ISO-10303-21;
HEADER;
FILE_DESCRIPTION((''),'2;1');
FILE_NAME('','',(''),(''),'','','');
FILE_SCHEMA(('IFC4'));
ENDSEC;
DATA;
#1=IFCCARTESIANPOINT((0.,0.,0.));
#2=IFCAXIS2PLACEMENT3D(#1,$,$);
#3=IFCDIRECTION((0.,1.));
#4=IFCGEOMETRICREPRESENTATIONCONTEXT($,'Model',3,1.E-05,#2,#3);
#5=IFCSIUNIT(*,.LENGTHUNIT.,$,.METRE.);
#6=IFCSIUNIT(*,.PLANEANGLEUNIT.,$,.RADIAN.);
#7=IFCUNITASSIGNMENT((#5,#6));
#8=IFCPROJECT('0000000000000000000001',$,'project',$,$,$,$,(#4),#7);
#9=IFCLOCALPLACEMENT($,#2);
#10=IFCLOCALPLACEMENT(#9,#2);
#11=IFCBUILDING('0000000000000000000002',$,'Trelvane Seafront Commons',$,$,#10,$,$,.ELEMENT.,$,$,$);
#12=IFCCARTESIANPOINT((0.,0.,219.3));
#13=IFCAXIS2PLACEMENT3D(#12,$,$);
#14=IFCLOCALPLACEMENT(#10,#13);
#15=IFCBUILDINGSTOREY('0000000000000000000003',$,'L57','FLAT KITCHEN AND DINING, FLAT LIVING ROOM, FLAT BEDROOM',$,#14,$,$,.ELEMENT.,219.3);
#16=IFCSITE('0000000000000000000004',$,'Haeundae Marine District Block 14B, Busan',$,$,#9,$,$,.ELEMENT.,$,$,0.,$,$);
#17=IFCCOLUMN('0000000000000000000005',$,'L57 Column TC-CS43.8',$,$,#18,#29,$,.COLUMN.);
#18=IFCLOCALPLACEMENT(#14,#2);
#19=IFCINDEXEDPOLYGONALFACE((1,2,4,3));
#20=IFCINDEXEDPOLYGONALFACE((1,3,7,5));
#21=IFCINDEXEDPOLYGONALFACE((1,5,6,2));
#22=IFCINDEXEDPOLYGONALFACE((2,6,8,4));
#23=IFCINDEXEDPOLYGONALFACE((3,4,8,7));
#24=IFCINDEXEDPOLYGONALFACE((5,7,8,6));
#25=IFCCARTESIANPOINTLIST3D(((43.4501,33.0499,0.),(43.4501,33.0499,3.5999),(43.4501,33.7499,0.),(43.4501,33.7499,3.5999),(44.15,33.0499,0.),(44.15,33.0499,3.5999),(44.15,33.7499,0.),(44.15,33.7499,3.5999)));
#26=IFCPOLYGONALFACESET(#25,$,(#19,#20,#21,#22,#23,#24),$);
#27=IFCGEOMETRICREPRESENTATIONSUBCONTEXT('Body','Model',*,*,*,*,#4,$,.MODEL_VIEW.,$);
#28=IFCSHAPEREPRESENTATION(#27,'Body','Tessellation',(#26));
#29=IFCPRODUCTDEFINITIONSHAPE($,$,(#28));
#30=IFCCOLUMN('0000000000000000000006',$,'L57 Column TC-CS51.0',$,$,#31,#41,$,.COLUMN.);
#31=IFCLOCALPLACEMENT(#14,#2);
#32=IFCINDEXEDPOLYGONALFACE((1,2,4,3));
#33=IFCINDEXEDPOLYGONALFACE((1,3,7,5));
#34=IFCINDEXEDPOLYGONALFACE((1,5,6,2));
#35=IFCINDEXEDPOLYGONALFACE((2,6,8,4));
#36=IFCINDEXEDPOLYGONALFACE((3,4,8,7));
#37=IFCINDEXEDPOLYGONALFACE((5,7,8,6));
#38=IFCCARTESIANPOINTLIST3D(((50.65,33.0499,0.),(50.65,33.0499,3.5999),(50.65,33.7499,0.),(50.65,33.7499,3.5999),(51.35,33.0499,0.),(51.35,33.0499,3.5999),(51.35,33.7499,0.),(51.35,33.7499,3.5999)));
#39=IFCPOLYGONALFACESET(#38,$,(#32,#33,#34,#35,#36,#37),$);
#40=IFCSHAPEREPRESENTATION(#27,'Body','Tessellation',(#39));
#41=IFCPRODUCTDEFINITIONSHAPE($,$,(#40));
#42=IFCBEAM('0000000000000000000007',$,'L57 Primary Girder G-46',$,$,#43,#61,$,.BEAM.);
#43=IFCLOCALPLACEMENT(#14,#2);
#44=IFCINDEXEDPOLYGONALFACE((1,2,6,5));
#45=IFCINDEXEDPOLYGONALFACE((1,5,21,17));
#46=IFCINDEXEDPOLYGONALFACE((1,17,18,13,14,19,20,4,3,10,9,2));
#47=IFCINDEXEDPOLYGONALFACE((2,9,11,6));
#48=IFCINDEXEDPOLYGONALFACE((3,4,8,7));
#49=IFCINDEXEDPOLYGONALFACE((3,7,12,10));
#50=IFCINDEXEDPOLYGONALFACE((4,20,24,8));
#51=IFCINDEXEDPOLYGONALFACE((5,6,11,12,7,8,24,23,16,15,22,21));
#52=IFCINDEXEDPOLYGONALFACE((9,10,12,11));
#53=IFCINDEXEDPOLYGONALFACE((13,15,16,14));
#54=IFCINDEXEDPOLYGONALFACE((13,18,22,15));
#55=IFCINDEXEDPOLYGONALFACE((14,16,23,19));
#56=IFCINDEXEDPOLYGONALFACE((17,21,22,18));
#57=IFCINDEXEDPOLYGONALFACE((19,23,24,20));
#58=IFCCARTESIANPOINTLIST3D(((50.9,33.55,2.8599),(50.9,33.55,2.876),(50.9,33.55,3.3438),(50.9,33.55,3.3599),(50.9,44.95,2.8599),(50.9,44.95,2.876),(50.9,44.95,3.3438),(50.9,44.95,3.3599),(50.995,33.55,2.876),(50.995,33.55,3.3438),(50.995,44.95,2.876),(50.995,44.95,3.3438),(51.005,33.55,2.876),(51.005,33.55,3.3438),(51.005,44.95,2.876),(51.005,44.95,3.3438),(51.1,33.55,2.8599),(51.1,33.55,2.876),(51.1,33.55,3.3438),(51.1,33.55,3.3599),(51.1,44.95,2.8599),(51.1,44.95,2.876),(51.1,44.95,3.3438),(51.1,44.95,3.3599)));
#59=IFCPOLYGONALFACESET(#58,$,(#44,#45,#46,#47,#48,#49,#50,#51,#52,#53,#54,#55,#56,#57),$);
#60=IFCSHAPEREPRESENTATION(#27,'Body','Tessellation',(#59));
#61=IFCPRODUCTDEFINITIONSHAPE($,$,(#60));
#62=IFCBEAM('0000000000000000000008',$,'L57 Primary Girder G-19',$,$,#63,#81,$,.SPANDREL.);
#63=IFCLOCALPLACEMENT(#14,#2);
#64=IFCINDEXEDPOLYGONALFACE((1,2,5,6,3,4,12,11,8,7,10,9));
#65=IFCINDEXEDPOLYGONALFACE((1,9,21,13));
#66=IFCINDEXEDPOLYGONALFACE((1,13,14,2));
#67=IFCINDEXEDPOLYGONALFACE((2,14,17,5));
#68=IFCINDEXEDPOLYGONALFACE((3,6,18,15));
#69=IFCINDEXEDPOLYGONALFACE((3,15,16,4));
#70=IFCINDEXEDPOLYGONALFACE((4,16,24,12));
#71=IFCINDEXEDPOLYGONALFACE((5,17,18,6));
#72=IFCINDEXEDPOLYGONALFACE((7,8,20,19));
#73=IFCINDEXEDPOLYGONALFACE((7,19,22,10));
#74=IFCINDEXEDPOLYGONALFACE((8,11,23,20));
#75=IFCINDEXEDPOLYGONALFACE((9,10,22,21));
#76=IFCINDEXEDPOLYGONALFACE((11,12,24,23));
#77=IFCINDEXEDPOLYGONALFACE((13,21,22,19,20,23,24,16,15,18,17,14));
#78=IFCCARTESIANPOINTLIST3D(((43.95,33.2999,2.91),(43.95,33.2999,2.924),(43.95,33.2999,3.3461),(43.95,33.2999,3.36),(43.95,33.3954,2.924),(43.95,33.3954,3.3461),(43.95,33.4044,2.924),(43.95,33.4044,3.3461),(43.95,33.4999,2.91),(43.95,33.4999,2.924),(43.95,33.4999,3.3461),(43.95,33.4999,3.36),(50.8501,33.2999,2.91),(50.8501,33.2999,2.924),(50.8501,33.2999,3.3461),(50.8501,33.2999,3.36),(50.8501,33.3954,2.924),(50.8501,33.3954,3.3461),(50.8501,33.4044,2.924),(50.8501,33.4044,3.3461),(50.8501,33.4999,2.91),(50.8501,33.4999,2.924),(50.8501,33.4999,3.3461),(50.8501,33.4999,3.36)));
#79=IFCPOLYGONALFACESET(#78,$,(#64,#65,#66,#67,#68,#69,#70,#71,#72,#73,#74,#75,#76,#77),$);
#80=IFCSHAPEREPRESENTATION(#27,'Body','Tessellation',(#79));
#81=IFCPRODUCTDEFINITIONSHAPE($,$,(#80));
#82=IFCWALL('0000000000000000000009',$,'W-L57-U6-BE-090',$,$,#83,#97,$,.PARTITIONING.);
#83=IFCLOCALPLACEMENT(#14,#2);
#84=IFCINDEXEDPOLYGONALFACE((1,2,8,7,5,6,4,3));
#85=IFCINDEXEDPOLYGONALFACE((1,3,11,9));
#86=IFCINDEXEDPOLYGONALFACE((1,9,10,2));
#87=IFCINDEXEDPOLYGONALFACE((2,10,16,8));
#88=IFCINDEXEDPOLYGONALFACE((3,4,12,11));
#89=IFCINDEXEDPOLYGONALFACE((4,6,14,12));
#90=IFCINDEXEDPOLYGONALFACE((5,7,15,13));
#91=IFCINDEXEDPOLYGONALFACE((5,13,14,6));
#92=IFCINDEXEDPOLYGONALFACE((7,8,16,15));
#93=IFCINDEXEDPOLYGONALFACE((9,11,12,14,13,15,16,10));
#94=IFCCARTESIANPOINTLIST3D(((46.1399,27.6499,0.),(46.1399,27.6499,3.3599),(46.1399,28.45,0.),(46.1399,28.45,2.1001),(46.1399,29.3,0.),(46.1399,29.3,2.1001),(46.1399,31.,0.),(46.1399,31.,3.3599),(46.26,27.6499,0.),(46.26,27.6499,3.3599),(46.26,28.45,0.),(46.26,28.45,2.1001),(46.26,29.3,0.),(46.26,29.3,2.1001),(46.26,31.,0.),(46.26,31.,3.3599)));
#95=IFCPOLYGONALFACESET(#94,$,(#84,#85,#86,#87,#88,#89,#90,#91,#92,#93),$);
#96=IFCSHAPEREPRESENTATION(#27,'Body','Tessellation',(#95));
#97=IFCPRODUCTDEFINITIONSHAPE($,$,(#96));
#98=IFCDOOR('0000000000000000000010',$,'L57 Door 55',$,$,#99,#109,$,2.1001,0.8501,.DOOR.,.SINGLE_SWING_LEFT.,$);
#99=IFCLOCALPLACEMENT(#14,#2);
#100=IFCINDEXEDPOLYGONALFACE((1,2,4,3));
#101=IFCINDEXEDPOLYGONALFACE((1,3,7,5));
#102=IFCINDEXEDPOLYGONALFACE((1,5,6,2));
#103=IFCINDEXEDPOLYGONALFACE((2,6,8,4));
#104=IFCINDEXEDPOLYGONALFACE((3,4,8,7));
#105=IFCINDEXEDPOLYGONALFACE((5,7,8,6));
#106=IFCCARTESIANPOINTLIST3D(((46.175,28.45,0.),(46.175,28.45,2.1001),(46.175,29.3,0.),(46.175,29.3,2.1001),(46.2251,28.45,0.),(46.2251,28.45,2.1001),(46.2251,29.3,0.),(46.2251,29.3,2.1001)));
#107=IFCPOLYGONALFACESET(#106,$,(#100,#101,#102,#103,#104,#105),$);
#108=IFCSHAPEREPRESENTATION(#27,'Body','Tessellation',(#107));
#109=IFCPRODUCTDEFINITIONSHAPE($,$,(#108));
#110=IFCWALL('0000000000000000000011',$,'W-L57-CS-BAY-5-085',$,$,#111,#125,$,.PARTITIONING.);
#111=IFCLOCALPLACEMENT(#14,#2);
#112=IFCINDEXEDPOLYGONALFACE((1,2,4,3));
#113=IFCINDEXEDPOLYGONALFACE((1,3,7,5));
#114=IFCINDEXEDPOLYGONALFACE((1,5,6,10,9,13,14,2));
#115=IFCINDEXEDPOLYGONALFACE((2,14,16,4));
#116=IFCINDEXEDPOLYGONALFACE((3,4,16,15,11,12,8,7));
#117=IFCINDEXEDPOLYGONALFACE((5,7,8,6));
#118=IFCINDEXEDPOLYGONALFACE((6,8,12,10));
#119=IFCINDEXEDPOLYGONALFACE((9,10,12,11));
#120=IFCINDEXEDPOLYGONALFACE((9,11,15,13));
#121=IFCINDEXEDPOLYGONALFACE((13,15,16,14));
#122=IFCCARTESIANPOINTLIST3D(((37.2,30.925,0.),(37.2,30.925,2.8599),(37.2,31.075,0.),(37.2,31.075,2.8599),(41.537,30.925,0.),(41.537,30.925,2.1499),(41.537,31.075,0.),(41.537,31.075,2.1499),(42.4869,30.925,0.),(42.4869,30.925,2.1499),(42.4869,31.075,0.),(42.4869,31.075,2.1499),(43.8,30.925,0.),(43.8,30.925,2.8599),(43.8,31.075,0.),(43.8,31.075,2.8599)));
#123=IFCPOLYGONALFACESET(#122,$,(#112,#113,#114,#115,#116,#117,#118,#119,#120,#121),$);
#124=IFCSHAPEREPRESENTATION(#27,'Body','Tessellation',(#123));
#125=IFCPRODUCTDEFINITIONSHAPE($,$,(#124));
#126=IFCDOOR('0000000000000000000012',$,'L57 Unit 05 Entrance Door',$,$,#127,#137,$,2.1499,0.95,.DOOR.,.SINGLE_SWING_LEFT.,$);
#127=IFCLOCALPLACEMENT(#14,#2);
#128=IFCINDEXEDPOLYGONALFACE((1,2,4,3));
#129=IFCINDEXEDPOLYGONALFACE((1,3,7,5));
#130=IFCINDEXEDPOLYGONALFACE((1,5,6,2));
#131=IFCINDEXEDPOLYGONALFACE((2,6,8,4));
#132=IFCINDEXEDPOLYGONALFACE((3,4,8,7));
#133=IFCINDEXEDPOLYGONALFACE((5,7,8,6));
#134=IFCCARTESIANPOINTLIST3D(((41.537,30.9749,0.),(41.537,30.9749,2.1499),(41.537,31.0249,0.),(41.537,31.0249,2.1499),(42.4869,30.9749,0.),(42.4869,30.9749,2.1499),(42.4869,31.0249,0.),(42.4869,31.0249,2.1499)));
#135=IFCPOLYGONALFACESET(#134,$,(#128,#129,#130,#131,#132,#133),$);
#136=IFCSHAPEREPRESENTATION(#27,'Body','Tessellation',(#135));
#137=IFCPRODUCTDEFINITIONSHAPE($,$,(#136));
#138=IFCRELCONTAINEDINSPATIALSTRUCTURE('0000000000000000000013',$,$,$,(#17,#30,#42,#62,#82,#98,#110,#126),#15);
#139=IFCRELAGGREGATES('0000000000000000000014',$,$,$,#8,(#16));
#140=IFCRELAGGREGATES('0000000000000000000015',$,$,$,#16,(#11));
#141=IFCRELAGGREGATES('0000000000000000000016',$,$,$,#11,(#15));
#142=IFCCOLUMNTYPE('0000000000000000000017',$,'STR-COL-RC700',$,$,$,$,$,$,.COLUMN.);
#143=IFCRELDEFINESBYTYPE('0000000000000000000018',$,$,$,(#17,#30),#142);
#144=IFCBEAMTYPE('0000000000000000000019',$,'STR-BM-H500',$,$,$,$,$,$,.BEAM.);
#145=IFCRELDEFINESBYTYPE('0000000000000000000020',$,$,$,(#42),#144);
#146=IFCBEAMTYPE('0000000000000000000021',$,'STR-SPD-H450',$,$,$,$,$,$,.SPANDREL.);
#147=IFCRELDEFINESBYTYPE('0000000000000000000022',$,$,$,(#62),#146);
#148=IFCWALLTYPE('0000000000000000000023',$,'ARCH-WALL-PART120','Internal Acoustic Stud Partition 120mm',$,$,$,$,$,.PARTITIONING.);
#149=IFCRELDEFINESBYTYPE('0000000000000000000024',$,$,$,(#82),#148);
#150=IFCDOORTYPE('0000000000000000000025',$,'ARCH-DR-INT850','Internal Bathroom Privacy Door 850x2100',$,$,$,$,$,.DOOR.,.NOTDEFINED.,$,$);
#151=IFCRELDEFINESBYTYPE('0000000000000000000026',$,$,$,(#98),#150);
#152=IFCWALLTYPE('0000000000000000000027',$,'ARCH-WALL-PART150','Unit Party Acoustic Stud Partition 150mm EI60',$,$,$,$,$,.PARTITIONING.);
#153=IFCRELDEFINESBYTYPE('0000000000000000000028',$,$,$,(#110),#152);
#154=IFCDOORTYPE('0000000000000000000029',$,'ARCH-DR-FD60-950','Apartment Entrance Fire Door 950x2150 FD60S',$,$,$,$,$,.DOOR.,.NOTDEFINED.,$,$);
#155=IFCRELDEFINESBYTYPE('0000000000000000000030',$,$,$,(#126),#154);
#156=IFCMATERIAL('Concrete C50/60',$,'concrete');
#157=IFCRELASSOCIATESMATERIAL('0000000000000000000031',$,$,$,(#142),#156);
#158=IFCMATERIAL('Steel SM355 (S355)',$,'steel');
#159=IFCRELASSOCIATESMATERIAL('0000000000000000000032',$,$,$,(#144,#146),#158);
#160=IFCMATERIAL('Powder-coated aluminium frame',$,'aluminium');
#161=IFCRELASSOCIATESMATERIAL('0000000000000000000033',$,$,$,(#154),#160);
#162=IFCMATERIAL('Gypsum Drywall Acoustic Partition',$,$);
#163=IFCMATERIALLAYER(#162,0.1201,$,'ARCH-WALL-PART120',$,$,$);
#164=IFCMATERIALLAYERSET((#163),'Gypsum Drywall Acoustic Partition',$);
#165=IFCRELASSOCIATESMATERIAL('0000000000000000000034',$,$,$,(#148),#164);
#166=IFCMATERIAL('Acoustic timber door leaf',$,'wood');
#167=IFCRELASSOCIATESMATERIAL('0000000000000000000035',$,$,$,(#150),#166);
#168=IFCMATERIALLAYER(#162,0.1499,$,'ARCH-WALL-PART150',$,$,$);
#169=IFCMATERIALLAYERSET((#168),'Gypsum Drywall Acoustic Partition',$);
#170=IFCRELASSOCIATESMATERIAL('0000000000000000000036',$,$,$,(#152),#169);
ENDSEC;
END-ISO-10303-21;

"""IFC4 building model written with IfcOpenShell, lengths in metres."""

from ifc_helpers import new_model, si_unit, direction, frame, frame_2d, origin, origin_2d, place, context, subcontext, project, spatial, rectangle, i_section, extrude, source, transform, mapped, material, layer, layer_set, material_profile, profile_set, type_object, element, fill, save


model = new_model("IFC4")

# Units and contexts
model_context = context("Model", 3, precision=1e-05, world=origin(), true_north=direction((0.0, 1.0)))
body_context = subcontext(model_context, "Body", "Model", "MODEL_VIEW")
ifc_project = project(units=[si_unit("LENGTHUNIT", "METRE"), si_unit("PLANEANGLEUNIT", "RADIAN")], contexts=[model_context])

# Site, building, storey
site_placement = place(None, origin())
site = spatial("IfcSite", under=ifc_project, at=site_placement, Name="Haeundae Marine District Block 14B, Busan", CompositionType="ELEMENT", RefElevation=0.0)
building_placement = place(site_placement, origin())
building = spatial("IfcBuilding", under=site, at=building_placement, Name="Trelvane Seafront Commons", CompositionType="ELEMENT")
storey_placement = place(building_placement, frame((0.0, 0.0, 219.3)))
storey = spatial("IfcBuildingStorey", under=building, at=storey_placement, Name="L57", Description="FLAT KITCHEN AND DINING, FLAT LIVING ROOM, FLAT BEDROOM", CompositionType="ELEMENT", Elevation=219.3)

# Columns
ifc_material_1 = material(Name="Concrete C50/60", Category="concrete")
ifc_material_profile_1 = material_profile(ifc_material_1, rectangle(XDim=0.7, YDim=0.7, at=origin_2d()), Name="RC-700x700")
ifc_profile_set_1 = profile_set([ifc_material_profile_1], Name="Concrete C50/60")
column_type = type_object("IfcColumnType", Name="STR-COL-RC700", PredefinedType="COLUMN", material=ifc_profile_set_1)
shared_shape_1 = source(origin(), body_context, "Body", "SweptSolid", [
    extrude(rectangle(XDim=0.7, YDim=0.7, at=origin_2d()), origin(), (0.0, 0.0, 1.0), 3.5999),
])
for number, where, z_axis, x_axis, name in (
    (1, (43.8, 33.3999, 0.0), (0.0, 0.0, 1.0), (1.0, 0.0, 0.0), "L57 Column TC-CS43.8"),
    (2, (51.0, 33.3999, 0.0), (0.0, 0.0, 1.0), (1.0, 0.0, 0.0), "L57 Column TC-CS51.0"),
):
    element("IfcColumn", number, at=place(storey_placement, frame(where, z_axis=z_axis, x_axis=x_axis)), inside=storey, type_object=column_type, Name=name, PredefinedType="COLUMN", context=body_context, shape_type="MappedRepresentation", body=[
        mapped(shared_shape_1, transform((0.0, 0.0, 0.0), x_axis=(1.0, 0.0, 0.0), y_axis=(0.0, 1.0, 0.0), z_axis=(0.0, 0.0, 1.0), scale=1.0)),
    ])

# Beams
ifc_material_2 = material(Name="Steel SM355 (S355)", Category="steel")
ifc_material_profile_2 = material_profile(ifc_material_2, i_section(OverallWidth=0.2, OverallDepth=0.5, WebThickness=0.01, FlangeThickness=0.0161, at=origin_2d()), Name="H-500x200x10x16")
ifc_profile_set_2 = profile_set([ifc_material_profile_2], Name="Steel SM355 (S355)")
beam_type_1 = type_object("IfcBeamType", Name="STR-BM-H500", PredefinedType="BEAM", material=ifc_profile_set_2)
shared_shape_2 = source(origin(), body_context, "Body", "SweptSolid", [
    extrude(i_section(OverallWidth=0.2, OverallDepth=0.5, WebThickness=0.01, FlangeThickness=0.0161, at=origin_2d()), origin(), (0.0, 0.0, 1.0), 11.3999),
])
beam_1_placement = place(storey_placement, frame((51.0, 33.55, 3.1099), z_axis=(0.0, 1.0, 0.0), x_axis=(-1.0, 0.0, 0.0)))
element("IfcBeam", 3, at=beam_1_placement, inside=storey, type_object=beam_type_1, Name="L57 Primary Girder G-46", PredefinedType="BEAM", context=body_context, shape_type="MappedRepresentation", body=[
    mapped(shared_shape_2, transform((0.0, 0.0, 0.0), x_axis=(1.0, 0.0, 0.0), y_axis=(0.0, 1.0, 0.0), z_axis=(0.0, 0.0, 1.0), scale=1.0)),
])
ifc_material_profile_3 = material_profile(ifc_material_2, i_section(OverallWidth=0.2, OverallDepth=0.45, WebThickness=0.009, FlangeThickness=0.0139, at=origin_2d()), Name="H-450x200x9x14")
ifc_profile_set_3 = profile_set([ifc_material_profile_3], Name="Steel SM355 (S355)")
beam_type_2 = type_object("IfcBeamType", Name="STR-SPD-H450", PredefinedType="SPANDREL", material=ifc_profile_set_3)
shared_shape_3 = source(origin(), body_context, "Body", "SweptSolid", [
    extrude(i_section(OverallWidth=0.2, OverallDepth=0.45, WebThickness=0.009, FlangeThickness=0.0139, at=origin_2d()), origin(), (0.0, 0.0, 1.0), 6.9001),
])
beam_2_placement = place(storey_placement, frame((43.95, 33.3999, 3.135), z_axis=(1.0, 0.0, 0.0), x_axis=(0.0, 1.0, 0.0)))
element("IfcBeam", 4, at=beam_2_placement, inside=storey, type_object=beam_type_2, Name="L57 Primary Girder G-19", PredefinedType="SPANDREL", context=body_context, shape_type="MappedRepresentation", body=[
    mapped(shared_shape_3, transform((0.0, 0.0, 0.0), x_axis=(1.0, 0.0, 0.0), y_axis=(0.0, 1.0, 0.0), z_axis=(0.0, 0.0, 1.0), scale=1.0)),
])

# Shared definitions
ifc_material_3 = material(Name="Powder-coated aluminium frame", Category="aluminium")
door_type_1 = type_object("IfcDoorType", Name="ARCH-DR-FD60-950", Description="Apartment Entrance Fire Door 950x2150 FD60S", OperationType="NOTDEFINED", PredefinedType="DOOR", material=ifc_material_3)
shared_shape_4 = source(origin(), body_context, "Body", "SweptSolid", [
    extrude(rectangle(XDim=0.95, YDim=2.1499, at=frame_2d((0.4751, 1.075))), frame((0.0, 0.0249, 0.0), z_axis=(0.0, -1.0, 0.0), x_axis=(1.0, 0.0, 0.0)), (0.0, 0.0, 1.0), 0.05),
])
ifc_material_4 = material(Name="Gypsum Drywall Acoustic Partition")
ifc_layer_1 = layer(ifc_material_4, 0.1201, Name="ARCH-WALL-PART120")
ifc_layer_set_1 = layer_set([ifc_layer_1], Name="Gypsum Drywall Acoustic Partition")
wall_type_1 = type_object("IfcWallType", Name="ARCH-WALL-PART120", Description="Internal Acoustic Stud Partition 120mm", PredefinedType="PARTITIONING", material=ifc_layer_set_1)
ifc_material_5 = material(Name="Acoustic timber door leaf", Category="wood")

# Walls, openings, doors
wall_1_placement = place(storey_placement, frame((46.2, 27.6499, 0.0), z_axis=(0.0, 0.0, 1.0), x_axis=(0.0, 1.0, 0.0)))
wall_1 = element("IfcWall", 5, at=wall_1_placement, inside=storey, type_object=wall_type_1, Name="W-L57-U6-BE-090", PredefinedType="PARTITIONING", context=body_context, shape_type="SweptSolid", body=[
    extrude(rectangle(XDim=3.3501, YDim=0.1201, at=frame_2d((1.675, 0.0))), origin(), (0.0, 0.0, 1.0), 3.3599),
])
opening_1_placement = place(wall_1_placement, frame((0.8, 0.0, 0.0)))
opening_1 = element("IfcOpeningElement", 6, at=opening_1_placement, cuts=wall_1, PredefinedType="OPENING", context=body_context, shape_type="SweptSolid", body=[
    extrude(rectangle(XDim=0.8501, YDim=2.1001, at=frame_2d((0.425, 1.05))), frame((0.0, 0.0701, 0.0), z_axis=(0.0, -1.0, 0.0), x_axis=(1.0, 0.0, 0.0)), (0.0, 0.0, 1.0), 0.1401),
])
door_type_2 = type_object("IfcDoorType", Name="ARCH-DR-INT850", Description="Internal Bathroom Privacy Door 850x2100", OperationType="NOTDEFINED", PredefinedType="DOOR", material=ifc_material_5)
shared_shape_5 = source(origin(), body_context, "Body", "SweptSolid", [
    extrude(rectangle(XDim=0.8501, YDim=2.1001, at=frame_2d((0.425, 1.05))), frame((0.0, 0.0249, 0.0), z_axis=(0.0, -1.0, 0.0), x_axis=(1.0, 0.0, 0.0)), (0.0, 0.0, 1.0), 0.05),
])
door_1_placement = place(opening_1_placement, origin())
door_1 = element("IfcDoor", 7, at=door_1_placement, inside=storey, type_object=door_type_2, Name="L57 Door 55", OperationType="SINGLE_SWING_LEFT", OverallHeight=2.1001, OverallWidth=0.8501, PredefinedType="DOOR", context=body_context, shape_type="MappedRepresentation", body=[
    mapped(shared_shape_5, transform((0.0, 0.0, 0.0), x_axis=(1.0, 0.0, 0.0), y_axis=(0.0, 1.0, 0.0), z_axis=(0.0, 0.0, 1.0), scale=1.0)),
])
fill(opening_1, door_1)
ifc_layer_2 = layer(ifc_material_4, 0.1499, Name="ARCH-WALL-PART150")
ifc_layer_set_2 = layer_set([ifc_layer_2], Name="Gypsum Drywall Acoustic Partition")
wall_type_2 = type_object("IfcWallType", Name="ARCH-WALL-PART150", Description="Unit Party Acoustic Stud Partition 150mm EI60", PredefinedType="PARTITIONING", material=ifc_layer_set_2)
wall_2_placement = place(storey_placement, frame((37.2, 31.0, 0.0), z_axis=(0.0, 0.0, 1.0), x_axis=(1.0, 0.0, 0.0)))
wall_2 = element("IfcWall", 8, at=wall_2_placement, inside=storey, type_object=wall_type_2, Name="W-L57-CS-BAY-5-085", PredefinedType="PARTITIONING", context=body_context, shape_type="SweptSolid", body=[
    extrude(rectangle(XDim=6.6001, YDim=0.1499, at=frame_2d((3.3, 0.0))), origin(), (0.0, 0.0, 1.0), 2.8599),
])
opening_2_placement = place(wall_2_placement, frame((4.3369, 0.0, 0.0)))
opening_2 = element("IfcOpeningElement", 9, at=opening_2_placement, cuts=wall_2, PredefinedType="OPENING", context=body_context, shape_type="SweptSolid", body=[
    extrude(rectangle(XDim=0.95, YDim=2.1499, at=frame_2d((0.4751, 1.075))), frame((0.0, 0.085, 0.0), z_axis=(0.0, -1.0, 0.0), x_axis=(1.0, 0.0, 0.0)), (0.0, 0.0, 1.0), 0.1699),
])
door_2_placement = place(opening_2_placement, origin())
door_2 = element("IfcDoor", 10, at=door_2_placement, inside=storey, type_object=door_type_1, Name="L57 Unit 05 Entrance Door", OperationType="SINGLE_SWING_LEFT", OverallHeight=2.1499, OverallWidth=0.95, PredefinedType="DOOR", context=body_context, shape_type="MappedRepresentation", body=[
    mapped(shared_shape_4, transform((0.0, 0.0, 0.0), x_axis=(1.0, 0.0, 0.0), y_axis=(0.0, 1.0, 0.0), z_axis=(0.0, 0.0, 1.0), scale=1.0)),
])
fill(opening_2, door_2)

save(model, "model.ifc")
